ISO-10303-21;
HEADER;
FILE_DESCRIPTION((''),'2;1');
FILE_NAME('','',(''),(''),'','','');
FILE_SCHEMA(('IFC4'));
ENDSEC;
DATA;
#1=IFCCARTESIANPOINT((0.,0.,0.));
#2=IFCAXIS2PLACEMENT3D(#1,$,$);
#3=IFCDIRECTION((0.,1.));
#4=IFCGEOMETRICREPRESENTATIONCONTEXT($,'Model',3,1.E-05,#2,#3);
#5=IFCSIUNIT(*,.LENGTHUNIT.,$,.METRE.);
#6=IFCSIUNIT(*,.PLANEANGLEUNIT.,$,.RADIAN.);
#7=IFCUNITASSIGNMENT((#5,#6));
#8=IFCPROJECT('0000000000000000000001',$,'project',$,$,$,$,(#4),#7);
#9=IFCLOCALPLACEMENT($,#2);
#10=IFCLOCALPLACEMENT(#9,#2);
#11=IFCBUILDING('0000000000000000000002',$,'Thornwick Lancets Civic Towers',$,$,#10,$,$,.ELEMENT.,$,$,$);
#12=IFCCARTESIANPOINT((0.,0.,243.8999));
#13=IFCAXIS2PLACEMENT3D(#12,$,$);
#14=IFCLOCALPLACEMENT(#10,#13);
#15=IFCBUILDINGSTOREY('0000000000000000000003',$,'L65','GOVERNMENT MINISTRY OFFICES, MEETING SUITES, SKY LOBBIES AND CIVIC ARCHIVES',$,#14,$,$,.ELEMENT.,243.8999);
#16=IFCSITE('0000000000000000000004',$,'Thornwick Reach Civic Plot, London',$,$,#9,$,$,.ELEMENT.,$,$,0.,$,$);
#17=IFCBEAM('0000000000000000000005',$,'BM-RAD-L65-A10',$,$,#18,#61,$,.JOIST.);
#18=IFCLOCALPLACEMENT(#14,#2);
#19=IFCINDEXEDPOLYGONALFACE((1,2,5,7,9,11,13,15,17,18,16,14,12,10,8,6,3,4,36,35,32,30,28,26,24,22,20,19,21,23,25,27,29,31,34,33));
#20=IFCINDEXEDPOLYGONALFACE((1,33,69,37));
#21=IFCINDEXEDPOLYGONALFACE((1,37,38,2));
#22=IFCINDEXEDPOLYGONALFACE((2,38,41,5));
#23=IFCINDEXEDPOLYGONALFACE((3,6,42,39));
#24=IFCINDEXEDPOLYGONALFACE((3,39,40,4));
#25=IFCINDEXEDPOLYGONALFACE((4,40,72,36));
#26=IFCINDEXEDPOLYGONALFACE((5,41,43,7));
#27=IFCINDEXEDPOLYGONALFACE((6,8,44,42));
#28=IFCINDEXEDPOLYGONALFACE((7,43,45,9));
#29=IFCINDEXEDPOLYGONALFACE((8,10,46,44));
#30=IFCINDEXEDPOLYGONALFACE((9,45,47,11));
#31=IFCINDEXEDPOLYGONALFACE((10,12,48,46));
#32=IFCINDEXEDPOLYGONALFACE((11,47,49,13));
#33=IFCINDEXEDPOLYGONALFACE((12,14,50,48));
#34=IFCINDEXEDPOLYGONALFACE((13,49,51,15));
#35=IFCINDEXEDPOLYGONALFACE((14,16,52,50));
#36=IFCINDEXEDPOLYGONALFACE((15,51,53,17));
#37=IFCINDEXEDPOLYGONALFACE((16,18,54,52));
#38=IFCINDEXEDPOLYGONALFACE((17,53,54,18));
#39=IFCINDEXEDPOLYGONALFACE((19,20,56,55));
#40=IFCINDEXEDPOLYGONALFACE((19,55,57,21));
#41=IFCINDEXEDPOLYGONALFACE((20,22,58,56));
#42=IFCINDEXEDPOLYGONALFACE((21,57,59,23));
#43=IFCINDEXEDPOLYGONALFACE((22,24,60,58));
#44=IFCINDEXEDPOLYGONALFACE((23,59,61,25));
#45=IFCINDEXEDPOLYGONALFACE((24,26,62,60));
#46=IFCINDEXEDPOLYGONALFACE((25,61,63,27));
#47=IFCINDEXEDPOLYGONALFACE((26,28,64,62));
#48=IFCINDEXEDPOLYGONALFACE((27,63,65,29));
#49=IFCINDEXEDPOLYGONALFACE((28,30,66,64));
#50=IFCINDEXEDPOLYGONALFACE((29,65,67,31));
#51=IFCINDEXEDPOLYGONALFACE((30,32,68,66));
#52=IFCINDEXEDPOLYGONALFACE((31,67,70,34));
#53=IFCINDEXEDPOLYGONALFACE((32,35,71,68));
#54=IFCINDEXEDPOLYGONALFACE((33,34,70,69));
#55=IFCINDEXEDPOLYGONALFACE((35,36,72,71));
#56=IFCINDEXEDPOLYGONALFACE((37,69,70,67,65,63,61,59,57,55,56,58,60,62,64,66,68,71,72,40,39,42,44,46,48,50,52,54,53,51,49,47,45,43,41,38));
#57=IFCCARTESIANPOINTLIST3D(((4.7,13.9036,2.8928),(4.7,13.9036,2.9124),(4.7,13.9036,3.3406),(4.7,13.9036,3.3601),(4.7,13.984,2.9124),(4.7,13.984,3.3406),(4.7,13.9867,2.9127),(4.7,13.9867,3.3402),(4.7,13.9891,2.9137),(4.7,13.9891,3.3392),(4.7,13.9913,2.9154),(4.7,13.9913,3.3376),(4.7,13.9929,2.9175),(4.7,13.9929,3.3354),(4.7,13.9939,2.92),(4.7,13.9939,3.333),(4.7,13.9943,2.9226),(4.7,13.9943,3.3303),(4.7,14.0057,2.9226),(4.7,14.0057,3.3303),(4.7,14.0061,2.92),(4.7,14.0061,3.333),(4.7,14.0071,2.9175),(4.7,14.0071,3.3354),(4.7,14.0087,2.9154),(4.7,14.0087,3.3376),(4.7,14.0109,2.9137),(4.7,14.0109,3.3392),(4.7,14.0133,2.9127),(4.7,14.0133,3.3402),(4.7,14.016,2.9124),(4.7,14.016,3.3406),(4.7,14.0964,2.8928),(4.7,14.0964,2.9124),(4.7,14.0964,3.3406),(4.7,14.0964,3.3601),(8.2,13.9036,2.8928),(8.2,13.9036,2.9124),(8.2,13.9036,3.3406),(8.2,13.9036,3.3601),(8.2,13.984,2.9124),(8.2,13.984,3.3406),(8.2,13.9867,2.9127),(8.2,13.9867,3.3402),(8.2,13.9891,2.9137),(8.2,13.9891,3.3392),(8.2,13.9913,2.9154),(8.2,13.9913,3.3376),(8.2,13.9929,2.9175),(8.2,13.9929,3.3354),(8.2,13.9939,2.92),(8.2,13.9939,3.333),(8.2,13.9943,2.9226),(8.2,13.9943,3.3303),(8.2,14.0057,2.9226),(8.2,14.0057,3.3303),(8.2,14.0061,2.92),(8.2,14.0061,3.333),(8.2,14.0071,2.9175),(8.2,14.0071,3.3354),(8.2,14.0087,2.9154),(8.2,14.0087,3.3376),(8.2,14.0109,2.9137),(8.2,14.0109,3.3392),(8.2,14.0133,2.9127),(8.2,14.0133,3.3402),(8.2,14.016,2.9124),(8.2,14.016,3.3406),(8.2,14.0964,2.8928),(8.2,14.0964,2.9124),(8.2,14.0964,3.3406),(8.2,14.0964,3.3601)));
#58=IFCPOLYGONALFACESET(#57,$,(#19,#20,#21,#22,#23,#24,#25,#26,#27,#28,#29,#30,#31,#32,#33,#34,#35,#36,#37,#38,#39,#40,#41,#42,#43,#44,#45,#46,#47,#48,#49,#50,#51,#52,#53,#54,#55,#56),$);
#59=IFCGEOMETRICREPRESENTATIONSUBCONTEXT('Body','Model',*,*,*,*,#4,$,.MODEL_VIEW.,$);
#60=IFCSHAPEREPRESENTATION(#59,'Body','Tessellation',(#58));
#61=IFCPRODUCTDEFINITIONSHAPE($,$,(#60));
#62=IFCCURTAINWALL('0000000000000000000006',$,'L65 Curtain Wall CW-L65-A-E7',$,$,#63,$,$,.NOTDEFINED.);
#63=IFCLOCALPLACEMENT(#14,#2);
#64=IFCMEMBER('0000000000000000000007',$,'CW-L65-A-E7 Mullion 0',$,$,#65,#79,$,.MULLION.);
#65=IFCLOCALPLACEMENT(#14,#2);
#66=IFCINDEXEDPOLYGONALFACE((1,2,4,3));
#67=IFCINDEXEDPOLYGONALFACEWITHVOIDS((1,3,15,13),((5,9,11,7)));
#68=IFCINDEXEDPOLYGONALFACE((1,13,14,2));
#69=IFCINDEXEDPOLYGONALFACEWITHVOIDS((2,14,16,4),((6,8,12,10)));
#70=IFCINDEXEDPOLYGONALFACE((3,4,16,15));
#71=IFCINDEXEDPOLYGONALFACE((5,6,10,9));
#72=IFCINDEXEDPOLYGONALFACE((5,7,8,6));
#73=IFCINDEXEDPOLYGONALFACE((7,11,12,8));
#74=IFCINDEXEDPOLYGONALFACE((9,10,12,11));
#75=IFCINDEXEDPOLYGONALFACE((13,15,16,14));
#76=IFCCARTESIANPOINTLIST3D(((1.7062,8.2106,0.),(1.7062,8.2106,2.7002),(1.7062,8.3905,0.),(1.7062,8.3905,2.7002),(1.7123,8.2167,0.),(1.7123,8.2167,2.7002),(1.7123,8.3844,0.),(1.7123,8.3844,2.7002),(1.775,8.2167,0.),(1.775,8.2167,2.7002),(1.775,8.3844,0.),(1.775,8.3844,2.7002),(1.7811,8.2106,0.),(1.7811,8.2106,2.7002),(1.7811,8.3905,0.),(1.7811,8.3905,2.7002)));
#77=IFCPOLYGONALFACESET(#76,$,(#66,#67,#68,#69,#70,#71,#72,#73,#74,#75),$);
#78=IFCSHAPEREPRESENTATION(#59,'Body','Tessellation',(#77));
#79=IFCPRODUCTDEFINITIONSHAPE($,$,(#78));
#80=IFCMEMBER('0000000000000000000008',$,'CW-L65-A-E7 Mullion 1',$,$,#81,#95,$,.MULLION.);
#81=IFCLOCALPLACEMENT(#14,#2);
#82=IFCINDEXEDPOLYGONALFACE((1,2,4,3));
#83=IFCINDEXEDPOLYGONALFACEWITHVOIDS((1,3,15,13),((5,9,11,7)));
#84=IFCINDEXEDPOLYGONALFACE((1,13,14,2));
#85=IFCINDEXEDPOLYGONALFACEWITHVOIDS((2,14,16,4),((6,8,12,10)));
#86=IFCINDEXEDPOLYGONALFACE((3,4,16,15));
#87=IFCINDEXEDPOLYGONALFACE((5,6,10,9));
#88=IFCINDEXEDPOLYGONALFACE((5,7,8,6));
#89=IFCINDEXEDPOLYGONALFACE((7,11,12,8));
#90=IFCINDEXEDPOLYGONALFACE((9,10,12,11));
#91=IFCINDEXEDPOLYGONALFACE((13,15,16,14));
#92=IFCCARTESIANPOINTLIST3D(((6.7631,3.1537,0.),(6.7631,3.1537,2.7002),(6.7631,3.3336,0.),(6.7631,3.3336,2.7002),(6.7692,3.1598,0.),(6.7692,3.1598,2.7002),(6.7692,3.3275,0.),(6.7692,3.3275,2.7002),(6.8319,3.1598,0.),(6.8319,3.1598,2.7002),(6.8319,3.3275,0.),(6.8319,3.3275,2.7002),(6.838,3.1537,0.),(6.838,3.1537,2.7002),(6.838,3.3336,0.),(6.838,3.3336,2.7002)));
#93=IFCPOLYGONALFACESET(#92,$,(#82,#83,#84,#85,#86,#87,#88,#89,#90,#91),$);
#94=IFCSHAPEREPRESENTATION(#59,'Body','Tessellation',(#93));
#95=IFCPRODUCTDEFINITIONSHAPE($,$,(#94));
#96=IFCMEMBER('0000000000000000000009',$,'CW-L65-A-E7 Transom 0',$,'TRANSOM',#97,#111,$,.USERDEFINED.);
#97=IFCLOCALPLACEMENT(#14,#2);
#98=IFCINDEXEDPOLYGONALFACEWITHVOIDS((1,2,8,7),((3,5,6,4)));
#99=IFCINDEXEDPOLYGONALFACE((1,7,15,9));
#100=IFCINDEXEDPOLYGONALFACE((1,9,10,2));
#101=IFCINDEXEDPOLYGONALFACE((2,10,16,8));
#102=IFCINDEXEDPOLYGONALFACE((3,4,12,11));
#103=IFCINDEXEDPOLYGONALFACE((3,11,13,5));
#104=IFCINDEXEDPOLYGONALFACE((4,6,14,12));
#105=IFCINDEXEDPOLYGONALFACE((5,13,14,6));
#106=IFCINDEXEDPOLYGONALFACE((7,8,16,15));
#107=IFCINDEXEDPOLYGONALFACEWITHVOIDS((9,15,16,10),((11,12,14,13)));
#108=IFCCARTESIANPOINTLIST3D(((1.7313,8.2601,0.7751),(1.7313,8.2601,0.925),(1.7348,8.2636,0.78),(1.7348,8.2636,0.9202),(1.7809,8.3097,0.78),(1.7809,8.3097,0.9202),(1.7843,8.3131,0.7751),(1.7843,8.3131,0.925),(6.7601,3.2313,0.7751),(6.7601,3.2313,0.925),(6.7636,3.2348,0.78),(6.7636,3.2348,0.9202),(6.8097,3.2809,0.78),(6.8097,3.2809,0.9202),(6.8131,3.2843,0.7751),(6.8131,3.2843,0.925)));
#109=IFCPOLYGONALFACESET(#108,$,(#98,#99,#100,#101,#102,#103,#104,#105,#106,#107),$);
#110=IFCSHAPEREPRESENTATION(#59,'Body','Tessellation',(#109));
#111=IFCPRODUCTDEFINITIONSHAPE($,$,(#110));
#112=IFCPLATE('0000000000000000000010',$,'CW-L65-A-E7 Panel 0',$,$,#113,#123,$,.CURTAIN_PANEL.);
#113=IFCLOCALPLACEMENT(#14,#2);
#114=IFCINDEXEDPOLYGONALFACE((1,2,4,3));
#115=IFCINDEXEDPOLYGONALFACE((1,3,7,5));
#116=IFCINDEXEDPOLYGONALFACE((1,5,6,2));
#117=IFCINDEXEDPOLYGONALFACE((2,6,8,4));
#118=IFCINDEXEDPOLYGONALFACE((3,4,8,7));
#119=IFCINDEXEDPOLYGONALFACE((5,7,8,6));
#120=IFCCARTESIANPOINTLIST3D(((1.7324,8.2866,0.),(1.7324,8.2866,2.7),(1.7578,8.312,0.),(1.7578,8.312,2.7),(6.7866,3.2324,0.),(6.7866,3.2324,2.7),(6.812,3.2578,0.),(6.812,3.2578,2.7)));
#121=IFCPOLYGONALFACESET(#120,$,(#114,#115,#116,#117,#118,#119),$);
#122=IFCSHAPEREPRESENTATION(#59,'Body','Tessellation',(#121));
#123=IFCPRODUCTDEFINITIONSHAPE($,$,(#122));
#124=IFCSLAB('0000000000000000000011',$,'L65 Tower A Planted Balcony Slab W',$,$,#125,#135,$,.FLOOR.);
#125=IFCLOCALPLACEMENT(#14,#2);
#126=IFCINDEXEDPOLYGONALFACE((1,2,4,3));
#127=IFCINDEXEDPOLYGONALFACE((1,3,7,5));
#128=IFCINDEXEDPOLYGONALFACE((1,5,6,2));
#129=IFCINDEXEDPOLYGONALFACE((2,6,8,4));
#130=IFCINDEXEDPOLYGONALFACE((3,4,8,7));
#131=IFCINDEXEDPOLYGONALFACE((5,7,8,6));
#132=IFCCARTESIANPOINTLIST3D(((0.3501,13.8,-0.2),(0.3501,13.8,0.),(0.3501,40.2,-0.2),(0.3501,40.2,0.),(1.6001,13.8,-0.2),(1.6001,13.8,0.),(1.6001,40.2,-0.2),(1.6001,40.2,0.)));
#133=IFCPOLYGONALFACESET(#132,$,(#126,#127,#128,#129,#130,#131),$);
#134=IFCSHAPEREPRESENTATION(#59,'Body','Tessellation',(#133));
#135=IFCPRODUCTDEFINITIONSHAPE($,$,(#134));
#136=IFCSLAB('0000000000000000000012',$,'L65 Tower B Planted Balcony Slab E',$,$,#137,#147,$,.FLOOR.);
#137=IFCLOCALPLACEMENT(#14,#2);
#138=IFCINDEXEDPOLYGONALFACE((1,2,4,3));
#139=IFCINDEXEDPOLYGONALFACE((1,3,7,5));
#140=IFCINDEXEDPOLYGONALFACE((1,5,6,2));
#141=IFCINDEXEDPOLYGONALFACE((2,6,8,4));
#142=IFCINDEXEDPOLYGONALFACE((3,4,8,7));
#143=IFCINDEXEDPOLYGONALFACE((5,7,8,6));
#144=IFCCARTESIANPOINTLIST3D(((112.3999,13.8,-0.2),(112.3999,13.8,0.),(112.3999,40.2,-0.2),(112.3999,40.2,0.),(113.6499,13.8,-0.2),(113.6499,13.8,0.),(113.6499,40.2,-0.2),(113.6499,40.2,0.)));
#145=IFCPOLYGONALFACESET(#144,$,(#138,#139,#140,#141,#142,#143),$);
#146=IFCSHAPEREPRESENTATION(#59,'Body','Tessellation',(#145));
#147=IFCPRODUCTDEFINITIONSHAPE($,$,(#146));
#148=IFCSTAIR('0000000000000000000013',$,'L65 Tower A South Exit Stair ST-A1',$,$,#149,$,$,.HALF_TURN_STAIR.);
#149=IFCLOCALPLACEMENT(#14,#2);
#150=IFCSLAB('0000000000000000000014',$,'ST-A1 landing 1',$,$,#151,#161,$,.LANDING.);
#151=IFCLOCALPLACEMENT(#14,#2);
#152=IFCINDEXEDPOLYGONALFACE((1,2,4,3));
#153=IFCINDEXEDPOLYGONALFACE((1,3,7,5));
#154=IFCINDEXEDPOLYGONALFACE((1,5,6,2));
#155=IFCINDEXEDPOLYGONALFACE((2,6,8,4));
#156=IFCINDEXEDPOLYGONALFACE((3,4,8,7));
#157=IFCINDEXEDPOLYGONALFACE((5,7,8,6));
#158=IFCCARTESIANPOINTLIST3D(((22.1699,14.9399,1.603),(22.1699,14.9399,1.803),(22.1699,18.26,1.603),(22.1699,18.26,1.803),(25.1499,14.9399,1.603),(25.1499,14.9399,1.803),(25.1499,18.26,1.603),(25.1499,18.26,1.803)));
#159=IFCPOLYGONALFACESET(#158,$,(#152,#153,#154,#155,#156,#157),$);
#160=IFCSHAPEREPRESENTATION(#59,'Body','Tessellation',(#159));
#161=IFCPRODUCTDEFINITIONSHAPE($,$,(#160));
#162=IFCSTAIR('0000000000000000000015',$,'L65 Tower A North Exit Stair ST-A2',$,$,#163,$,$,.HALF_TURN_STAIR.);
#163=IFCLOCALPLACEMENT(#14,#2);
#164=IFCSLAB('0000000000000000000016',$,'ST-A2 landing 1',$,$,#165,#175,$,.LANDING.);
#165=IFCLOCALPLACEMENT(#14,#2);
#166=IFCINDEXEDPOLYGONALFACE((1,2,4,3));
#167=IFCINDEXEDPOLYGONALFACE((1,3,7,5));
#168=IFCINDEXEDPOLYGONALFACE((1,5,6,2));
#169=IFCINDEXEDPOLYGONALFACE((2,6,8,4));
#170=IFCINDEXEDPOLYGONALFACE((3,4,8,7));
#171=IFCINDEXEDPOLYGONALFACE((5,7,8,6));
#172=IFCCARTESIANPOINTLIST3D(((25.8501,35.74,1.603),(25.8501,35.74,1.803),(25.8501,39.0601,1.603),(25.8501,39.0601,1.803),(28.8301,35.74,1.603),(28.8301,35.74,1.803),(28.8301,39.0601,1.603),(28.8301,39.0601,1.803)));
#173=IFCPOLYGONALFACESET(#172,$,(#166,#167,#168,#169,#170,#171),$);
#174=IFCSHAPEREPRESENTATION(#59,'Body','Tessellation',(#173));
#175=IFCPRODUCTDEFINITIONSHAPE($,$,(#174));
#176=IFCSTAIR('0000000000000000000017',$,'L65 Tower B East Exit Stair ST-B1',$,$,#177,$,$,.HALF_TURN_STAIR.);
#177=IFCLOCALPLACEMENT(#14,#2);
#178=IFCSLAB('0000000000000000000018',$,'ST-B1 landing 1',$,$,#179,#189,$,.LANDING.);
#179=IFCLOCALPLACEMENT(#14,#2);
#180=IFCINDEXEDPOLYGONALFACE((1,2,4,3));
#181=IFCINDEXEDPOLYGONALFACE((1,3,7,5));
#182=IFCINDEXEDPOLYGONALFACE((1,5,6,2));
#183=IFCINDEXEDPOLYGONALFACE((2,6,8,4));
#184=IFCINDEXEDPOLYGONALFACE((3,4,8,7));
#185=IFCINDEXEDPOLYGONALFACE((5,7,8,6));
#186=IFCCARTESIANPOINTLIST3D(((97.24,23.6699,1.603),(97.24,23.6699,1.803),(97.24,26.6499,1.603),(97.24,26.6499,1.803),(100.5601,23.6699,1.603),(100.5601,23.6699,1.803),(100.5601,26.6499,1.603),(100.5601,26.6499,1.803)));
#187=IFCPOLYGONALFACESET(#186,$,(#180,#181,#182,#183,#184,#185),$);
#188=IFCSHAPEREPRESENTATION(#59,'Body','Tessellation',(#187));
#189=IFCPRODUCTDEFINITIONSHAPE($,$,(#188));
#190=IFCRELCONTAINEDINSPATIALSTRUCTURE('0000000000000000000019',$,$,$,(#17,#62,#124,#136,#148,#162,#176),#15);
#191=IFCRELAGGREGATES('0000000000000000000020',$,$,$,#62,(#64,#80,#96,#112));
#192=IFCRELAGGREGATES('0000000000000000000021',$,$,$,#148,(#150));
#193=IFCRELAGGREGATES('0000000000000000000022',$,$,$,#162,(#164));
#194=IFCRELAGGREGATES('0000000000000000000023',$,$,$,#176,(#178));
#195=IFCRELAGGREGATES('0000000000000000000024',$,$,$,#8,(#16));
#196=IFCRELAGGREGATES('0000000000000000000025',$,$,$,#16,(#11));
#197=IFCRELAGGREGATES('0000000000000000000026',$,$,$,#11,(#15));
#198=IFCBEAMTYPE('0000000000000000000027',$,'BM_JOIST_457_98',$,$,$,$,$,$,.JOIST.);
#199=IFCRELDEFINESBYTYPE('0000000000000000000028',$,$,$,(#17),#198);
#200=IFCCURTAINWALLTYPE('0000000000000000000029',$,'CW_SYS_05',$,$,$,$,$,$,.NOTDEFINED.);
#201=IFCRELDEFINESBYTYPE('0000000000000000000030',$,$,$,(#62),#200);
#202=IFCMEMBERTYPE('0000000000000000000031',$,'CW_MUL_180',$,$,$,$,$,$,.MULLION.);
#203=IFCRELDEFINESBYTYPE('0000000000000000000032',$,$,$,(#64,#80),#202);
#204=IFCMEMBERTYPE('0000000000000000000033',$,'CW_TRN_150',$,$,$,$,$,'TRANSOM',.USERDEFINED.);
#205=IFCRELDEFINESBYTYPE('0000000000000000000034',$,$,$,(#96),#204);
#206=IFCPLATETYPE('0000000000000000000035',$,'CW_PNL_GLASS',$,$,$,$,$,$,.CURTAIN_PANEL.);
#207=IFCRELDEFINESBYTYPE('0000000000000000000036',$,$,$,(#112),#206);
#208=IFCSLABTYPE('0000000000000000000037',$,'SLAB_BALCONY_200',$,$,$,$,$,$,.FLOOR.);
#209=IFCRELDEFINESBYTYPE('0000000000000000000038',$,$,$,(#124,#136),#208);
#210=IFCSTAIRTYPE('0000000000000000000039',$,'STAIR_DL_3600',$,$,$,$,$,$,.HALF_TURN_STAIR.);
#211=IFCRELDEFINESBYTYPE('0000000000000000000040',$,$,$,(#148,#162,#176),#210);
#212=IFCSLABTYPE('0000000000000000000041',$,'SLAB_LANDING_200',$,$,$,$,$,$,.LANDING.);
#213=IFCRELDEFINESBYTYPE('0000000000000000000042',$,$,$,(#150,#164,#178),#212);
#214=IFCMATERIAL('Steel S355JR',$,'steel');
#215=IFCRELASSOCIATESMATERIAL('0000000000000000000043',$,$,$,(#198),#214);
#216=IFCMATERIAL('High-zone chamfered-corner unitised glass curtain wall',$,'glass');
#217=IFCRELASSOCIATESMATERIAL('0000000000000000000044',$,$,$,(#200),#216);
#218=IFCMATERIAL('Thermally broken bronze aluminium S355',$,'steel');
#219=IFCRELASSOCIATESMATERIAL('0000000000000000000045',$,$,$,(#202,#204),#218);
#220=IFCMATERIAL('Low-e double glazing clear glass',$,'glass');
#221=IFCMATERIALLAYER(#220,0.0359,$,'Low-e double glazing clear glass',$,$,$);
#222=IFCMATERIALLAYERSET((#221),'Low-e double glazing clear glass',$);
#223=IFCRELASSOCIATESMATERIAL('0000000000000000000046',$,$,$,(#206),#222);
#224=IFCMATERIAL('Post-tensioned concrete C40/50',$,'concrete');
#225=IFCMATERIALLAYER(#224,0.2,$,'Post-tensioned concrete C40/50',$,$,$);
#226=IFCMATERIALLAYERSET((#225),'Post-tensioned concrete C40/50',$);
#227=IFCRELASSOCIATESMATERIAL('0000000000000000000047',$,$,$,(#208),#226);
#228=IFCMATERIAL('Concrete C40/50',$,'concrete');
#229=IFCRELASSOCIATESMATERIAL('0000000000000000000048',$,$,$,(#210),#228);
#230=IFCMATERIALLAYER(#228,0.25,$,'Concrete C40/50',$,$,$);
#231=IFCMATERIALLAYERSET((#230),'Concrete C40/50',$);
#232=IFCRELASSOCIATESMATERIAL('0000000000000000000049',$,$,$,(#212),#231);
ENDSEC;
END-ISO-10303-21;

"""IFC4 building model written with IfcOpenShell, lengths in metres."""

from ifc_helpers import new_model, si_unit, direction, frame, origin, origin_2d, place, context, subcontext, project, spatial, polyline, rectangle, hollow_rectangle, i_section, outline, extrude, material, layer, layer_set, material_profile, profile_set, type_object, element, aggregate, save


model = new_model("IFC4")

# Units and contexts
model_context = context("Model", 3, precision=1e-05, world=origin(), true_north=direction((0.0, 1.0)))
body_context = subcontext(model_context, "Body", "Model", "MODEL_VIEW")
ifc_project = project(units=[si_unit("LENGTHUNIT", "METRE"), si_unit("PLANEANGLEUNIT", "RADIAN")], contexts=[model_context])

# Site, building, storey
site_placement = place(None, origin())
site = spatial("IfcSite", under=ifc_project, at=site_placement, Name="Thornwick Reach Civic Plot, London", CompositionType="ELEMENT", RefElevation=0.0)
building_placement = place(site_placement, origin())
building = spatial("IfcBuilding", under=site, at=building_placement, Name="Thornwick Lancets Civic Towers", CompositionType="ELEMENT")
storey_placement = place(building_placement, frame((0.0, 0.0, 243.8999)))
storey = spatial("IfcBuildingStorey", under=building, at=storey_placement, Name="L65", Description="GOVERNMENT MINISTRY OFFICES, MEETING SUITES, SKY LOBBIES AND CIVIC ARCHIVES", CompositionType="ELEMENT", Elevation=243.8999)

# Shared definitions
ifc_material_1 = material(Name="Steel S355JR", Category="steel")

# Beam
ifc_material_profile_1 = material_profile(ifc_material_1, i_section(OverallWidth=0.1929, OverallDepth=0.4673, WebThickness=0.0115, FlangeThickness=0.0195, FilletRadius=0.0103, at=origin_2d()), Name="UKB 457x191x98")
ifc_profile_set_1 = profile_set([ifc_material_profile_1], Name="Steel S355JR")
beam_type_1 = type_object("IfcBeamType", Name="BM_JOIST_457_98", PredefinedType="JOIST", material=ifc_profile_set_1)
for number, where, z_axis, x_axis, name in (
    (1, (8.2, 14.0, 3.1265), (-1.0, 0.0, 0.0), (0.0, -1.0, 0.0), "BM-RAD-L65-A10"),
):
    element("IfcBeam", number, at=place(storey_placement, frame(where, z_axis=z_axis, x_axis=x_axis)), inside=storey, type_object=beam_type_1, Name=name, PredefinedType="JOIST", context=body_context, shape_type="SweptSolid", body=[
        extrude(i_section(OverallWidth=0.1929, OverallDepth=0.4673, WebThickness=0.0115, FlangeThickness=0.0195, FilletRadius=0.0103, at=origin_2d()), origin(), (0.0, 0.0, 1.0), 3.5),
    ])

# Curtain wall, members, plate
ifc_material_2 = material(Name="High-zone chamfered-corner unitised glass curtain wall", Category="glass")
curtain_wall_type = type_object("IfcCurtainWallType", Name="CW_SYS_05", PredefinedType="NOTDEFINED", material=ifc_material_2)
curtain_wall_placement = place(storey_placement, origin())
curtain_wall = element("IfcCurtainWall", 2, at=curtain_wall_placement, inside=storey, type_object=curtain_wall_type, Name="L65 Curtain Wall CW-L65-A-E7", PredefinedType="NOTDEFINED")
ifc_material_3 = material(Name="Thermally broken bronze aluminium S355", Category="steel")
ifc_material_profile_2 = material_profile(ifc_material_3, hollow_rectangle(XDim=0.075, YDim=0.1799, WallThickness=0.0061, at=origin_2d()), Name="RHS 180x75x6")
ifc_profile_set_2 = profile_set([ifc_material_profile_2], Name="Thermally broken bronze aluminium S355")
member_type_1 = type_object("IfcMemberType", Name="CW_MUL_180", PredefinedType="MULLION", material=ifc_profile_set_2)
member_1_placement = place(storey_placement, frame((1.7437, 8.3005, 0.0), z_axis=(0.0, 0.0, 1.0), x_axis=(1.0, 0.0, 0.0)))
member_1 = element("IfcMember", 3, at=member_1_placement, type_object=member_type_1, Name="CW-L65-A-E7 Mullion 0", PredefinedType="MULLION", context=body_context, shape_type="SweptSolid", body=[
    extrude(hollow_rectangle(XDim=0.075, YDim=0.1799, WallThickness=0.0061, at=origin_2d()), origin(), (0.0, 0.0, 1.0), 2.7002),
])
member_2_placement = place(storey_placement, frame((6.8005, 3.2437, 0.0), z_axis=(0.0, 0.0, 1.0), x_axis=(1.0, 0.0, 0.0)))
member_2 = element("IfcMember", 4, at=member_2_placement, type_object=member_type_1, Name="CW-L65-A-E7 Mullion 1", PredefinedType="MULLION", context=body_context, shape_type="SweptSolid", body=[
    extrude(hollow_rectangle(XDim=0.075, YDim=0.1799, WallThickness=0.0061, at=origin_2d()), origin(), (0.0, 0.0, 1.0), 2.7002),
])
ifc_material_profile_3 = material_profile(ifc_material_3, hollow_rectangle(XDim=0.075, YDim=0.1499, WallThickness=0.0049, at=origin_2d()), Name="RHS 150x75x5")
ifc_profile_set_3 = profile_set([ifc_material_profile_3], Name="Thermally broken bronze aluminium S355")
member_type_2 = type_object("IfcMemberType", Name="CW_TRN_150", ElementType="TRANSOM", PredefinedType="USERDEFINED", material=ifc_profile_set_3)
member_3_placement = place(storey_placement, frame((1.7578, 8.2866, 0.8501), z_axis=(0.707107, -0.707107, 0.0), x_axis=(0.707107, 0.707107, 0.0)))
member_3 = element("IfcMember", 5, at=member_3_placement, type_object=member_type_2, Name="CW-L65-A-E7 Transom 0", ObjectType="TRANSOM", PredefinedType="USERDEFINED", context=body_context, shape_type="SweptSolid", body=[
    extrude(hollow_rectangle(XDim=0.075, YDim=0.1499, WallThickness=0.0049, at=origin_2d()), origin(), (0.0, 0.0, 1.0), 7.1118),
])
ifc_material_4 = material(Name="Low-e double glazing clear glass", Category="glass")
ifc_layer_1 = layer(ifc_material_4, 0.0359, Name="Low-e double glazing clear glass")
ifc_layer_set_1 = layer_set([ifc_layer_1], Name="Low-e double glazing clear glass")
plate_type = type_object("IfcPlateType", Name="CW_PNL_GLASS", PredefinedType="CURTAIN_PANEL", material=ifc_layer_set_1)
plate_placement = place(storey_placement, frame((4.2722, 5.7722, 0.0), z_axis=(0.0, 0.0, 1.0), x_axis=(0.707107, -0.707107, 0.0)))
plate = element("IfcPlate", 6, at=plate_placement, type_object=plate_type, Name="CW-L65-A-E7 Panel 0", PredefinedType="CURTAIN_PANEL", context=body_context, shape_type="SweptSolid", body=[
    extrude(rectangle(XDim=7.1477, YDim=0.0359, at=origin_2d()), origin(), (0.0, 0.0, 1.0), 2.7),
])
aggregate(curtain_wall, [member_1, member_2, member_3, plate])

# Slabs
ifc_material_5 = material(Name="Post-tensioned concrete C40/50", Category="concrete")
ifc_layer_2 = layer(ifc_material_5, 0.2, Name="Post-tensioned concrete C40/50")
ifc_layer_set_2 = layer_set([ifc_layer_2], Name="Post-tensioned concrete C40/50")
slab_type_1 = type_object("IfcSlabType", Name="SLAB_BALCONY_200", PredefinedType="FLOOR", material=ifc_layer_set_2)
slab_1_placement = place(storey_placement, frame((0.0, 0.0, -0.2)))
element("IfcSlab", 7, at=slab_1_placement, inside=storey, type_object=slab_type_1, Name="L65 Tower A Planted Balcony Slab W", PredefinedType="FLOOR", context=body_context, shape_type="SweptSolid", body=[
    extrude(outline(polyline([(0.3501, 13.8), (1.6001, 13.8), (1.6001, 40.2), (0.3501, 40.2), (0.3501, 13.8)])), origin(), (0.0, 0.0, 1.0), 0.2),
])
slab_2_placement = place(storey_placement, frame((0.0, 0.0, -0.2)))
element("IfcSlab", 8, at=slab_2_placement, inside=storey, type_object=slab_type_1, Name="L65 Tower B Planted Balcony Slab E", PredefinedType="FLOOR", context=body_context, shape_type="SweptSolid", body=[
    extrude(outline(polyline([(112.3999, 13.8), (113.6499, 13.8), (113.6499, 40.2), (112.3999, 40.2), (112.3999, 13.8)])), origin(), (0.0, 0.0, 1.0), 0.2),
])

# Stairs, slabs
ifc_material_6 = material(Name="Concrete C40/50", Category="concrete")
stair_type = type_object("IfcStairType", Name="STAIR_DL_3600", PredefinedType="HALF_TURN_STAIR", material=ifc_material_6)
stair_1_placement = place(storey_placement, origin())
stair_1 = element("IfcStair", 9, at=stair_1_placement, inside=storey, type_object=stair_type, Name="L65 Tower A South Exit Stair ST-A1", PredefinedType="HALF_TURN_STAIR")
ifc_layer_3 = layer(ifc_material_6, 0.25, Name="Concrete C40/50")
ifc_layer_set_3 = layer_set([ifc_layer_3], Name="Concrete C40/50")
slab_type_2 = type_object("IfcSlabType", Name="SLAB_LANDING_200", PredefinedType="LANDING", material=ifc_layer_set_3)
slab_3_placement = place(storey_placement, frame((0.0, 0.0, 1.603)))
slab_3 = element("IfcSlab", 10, at=slab_3_placement, type_object=slab_type_2, Name="ST-A1 landing 1", PredefinedType="LANDING", context=body_context, shape_type="SweptSolid", body=[
    extrude(outline(polyline([(22.1699, 14.9399), (25.1499, 14.9399), (25.1499, 18.26), (22.1699, 18.26), (22.1699, 14.9399)])), origin(), (0.0, 0.0, 1.0), 0.2),
])
aggregate(stair_1, [slab_3])
stair_2_placement = place(storey_placement, origin())
stair_2 = element("IfcStair", 11, at=stair_2_placement, inside=storey, type_object=stair_type, Name="L65 Tower A North Exit Stair ST-A2", PredefinedType="HALF_TURN_STAIR")
slab_4_placement = place(storey_placement, frame((0.0, 0.0, 1.603)))
slab_4 = element("IfcSlab", 12, at=slab_4_placement, type_object=slab_type_2, Name="ST-A2 landing 1", PredefinedType="LANDING", context=body_context, shape_type="SweptSolid", body=[
    extrude(outline(polyline([(28.8301, 39.0601), (25.8501, 39.0601), (25.8501, 35.74), (28.8301, 35.74), (28.8301, 39.0601)])), origin(), (0.0, 0.0, 1.0), 0.2),
])
aggregate(stair_2, [slab_4])
stair_3_placement = place(storey_placement, origin())
stair_3 = element("IfcStair", 13, at=stair_3_placement, inside=storey, type_object=stair_type, Name="L65 Tower B East Exit Stair ST-B1", PredefinedType="HALF_TURN_STAIR")
slab_5_placement = place(storey_placement, frame((0.0, 0.0, 1.603)))
slab_5 = element("IfcSlab", 14, at=slab_5_placement, type_object=slab_type_2, Name="ST-B1 landing 1", PredefinedType="LANDING", context=body_context, shape_type="SweptSolid", body=[
    extrude(outline(polyline([(100.5601, 23.6699), (100.5601, 26.6499), (97.24, 26.6499), (97.24, 23.6699), (100.5601, 23.6699)])), origin(), (0.0, 0.0, 1.0), 0.2),
])
aggregate(stair_3, [slab_5])

save(model, "model.ifc")
